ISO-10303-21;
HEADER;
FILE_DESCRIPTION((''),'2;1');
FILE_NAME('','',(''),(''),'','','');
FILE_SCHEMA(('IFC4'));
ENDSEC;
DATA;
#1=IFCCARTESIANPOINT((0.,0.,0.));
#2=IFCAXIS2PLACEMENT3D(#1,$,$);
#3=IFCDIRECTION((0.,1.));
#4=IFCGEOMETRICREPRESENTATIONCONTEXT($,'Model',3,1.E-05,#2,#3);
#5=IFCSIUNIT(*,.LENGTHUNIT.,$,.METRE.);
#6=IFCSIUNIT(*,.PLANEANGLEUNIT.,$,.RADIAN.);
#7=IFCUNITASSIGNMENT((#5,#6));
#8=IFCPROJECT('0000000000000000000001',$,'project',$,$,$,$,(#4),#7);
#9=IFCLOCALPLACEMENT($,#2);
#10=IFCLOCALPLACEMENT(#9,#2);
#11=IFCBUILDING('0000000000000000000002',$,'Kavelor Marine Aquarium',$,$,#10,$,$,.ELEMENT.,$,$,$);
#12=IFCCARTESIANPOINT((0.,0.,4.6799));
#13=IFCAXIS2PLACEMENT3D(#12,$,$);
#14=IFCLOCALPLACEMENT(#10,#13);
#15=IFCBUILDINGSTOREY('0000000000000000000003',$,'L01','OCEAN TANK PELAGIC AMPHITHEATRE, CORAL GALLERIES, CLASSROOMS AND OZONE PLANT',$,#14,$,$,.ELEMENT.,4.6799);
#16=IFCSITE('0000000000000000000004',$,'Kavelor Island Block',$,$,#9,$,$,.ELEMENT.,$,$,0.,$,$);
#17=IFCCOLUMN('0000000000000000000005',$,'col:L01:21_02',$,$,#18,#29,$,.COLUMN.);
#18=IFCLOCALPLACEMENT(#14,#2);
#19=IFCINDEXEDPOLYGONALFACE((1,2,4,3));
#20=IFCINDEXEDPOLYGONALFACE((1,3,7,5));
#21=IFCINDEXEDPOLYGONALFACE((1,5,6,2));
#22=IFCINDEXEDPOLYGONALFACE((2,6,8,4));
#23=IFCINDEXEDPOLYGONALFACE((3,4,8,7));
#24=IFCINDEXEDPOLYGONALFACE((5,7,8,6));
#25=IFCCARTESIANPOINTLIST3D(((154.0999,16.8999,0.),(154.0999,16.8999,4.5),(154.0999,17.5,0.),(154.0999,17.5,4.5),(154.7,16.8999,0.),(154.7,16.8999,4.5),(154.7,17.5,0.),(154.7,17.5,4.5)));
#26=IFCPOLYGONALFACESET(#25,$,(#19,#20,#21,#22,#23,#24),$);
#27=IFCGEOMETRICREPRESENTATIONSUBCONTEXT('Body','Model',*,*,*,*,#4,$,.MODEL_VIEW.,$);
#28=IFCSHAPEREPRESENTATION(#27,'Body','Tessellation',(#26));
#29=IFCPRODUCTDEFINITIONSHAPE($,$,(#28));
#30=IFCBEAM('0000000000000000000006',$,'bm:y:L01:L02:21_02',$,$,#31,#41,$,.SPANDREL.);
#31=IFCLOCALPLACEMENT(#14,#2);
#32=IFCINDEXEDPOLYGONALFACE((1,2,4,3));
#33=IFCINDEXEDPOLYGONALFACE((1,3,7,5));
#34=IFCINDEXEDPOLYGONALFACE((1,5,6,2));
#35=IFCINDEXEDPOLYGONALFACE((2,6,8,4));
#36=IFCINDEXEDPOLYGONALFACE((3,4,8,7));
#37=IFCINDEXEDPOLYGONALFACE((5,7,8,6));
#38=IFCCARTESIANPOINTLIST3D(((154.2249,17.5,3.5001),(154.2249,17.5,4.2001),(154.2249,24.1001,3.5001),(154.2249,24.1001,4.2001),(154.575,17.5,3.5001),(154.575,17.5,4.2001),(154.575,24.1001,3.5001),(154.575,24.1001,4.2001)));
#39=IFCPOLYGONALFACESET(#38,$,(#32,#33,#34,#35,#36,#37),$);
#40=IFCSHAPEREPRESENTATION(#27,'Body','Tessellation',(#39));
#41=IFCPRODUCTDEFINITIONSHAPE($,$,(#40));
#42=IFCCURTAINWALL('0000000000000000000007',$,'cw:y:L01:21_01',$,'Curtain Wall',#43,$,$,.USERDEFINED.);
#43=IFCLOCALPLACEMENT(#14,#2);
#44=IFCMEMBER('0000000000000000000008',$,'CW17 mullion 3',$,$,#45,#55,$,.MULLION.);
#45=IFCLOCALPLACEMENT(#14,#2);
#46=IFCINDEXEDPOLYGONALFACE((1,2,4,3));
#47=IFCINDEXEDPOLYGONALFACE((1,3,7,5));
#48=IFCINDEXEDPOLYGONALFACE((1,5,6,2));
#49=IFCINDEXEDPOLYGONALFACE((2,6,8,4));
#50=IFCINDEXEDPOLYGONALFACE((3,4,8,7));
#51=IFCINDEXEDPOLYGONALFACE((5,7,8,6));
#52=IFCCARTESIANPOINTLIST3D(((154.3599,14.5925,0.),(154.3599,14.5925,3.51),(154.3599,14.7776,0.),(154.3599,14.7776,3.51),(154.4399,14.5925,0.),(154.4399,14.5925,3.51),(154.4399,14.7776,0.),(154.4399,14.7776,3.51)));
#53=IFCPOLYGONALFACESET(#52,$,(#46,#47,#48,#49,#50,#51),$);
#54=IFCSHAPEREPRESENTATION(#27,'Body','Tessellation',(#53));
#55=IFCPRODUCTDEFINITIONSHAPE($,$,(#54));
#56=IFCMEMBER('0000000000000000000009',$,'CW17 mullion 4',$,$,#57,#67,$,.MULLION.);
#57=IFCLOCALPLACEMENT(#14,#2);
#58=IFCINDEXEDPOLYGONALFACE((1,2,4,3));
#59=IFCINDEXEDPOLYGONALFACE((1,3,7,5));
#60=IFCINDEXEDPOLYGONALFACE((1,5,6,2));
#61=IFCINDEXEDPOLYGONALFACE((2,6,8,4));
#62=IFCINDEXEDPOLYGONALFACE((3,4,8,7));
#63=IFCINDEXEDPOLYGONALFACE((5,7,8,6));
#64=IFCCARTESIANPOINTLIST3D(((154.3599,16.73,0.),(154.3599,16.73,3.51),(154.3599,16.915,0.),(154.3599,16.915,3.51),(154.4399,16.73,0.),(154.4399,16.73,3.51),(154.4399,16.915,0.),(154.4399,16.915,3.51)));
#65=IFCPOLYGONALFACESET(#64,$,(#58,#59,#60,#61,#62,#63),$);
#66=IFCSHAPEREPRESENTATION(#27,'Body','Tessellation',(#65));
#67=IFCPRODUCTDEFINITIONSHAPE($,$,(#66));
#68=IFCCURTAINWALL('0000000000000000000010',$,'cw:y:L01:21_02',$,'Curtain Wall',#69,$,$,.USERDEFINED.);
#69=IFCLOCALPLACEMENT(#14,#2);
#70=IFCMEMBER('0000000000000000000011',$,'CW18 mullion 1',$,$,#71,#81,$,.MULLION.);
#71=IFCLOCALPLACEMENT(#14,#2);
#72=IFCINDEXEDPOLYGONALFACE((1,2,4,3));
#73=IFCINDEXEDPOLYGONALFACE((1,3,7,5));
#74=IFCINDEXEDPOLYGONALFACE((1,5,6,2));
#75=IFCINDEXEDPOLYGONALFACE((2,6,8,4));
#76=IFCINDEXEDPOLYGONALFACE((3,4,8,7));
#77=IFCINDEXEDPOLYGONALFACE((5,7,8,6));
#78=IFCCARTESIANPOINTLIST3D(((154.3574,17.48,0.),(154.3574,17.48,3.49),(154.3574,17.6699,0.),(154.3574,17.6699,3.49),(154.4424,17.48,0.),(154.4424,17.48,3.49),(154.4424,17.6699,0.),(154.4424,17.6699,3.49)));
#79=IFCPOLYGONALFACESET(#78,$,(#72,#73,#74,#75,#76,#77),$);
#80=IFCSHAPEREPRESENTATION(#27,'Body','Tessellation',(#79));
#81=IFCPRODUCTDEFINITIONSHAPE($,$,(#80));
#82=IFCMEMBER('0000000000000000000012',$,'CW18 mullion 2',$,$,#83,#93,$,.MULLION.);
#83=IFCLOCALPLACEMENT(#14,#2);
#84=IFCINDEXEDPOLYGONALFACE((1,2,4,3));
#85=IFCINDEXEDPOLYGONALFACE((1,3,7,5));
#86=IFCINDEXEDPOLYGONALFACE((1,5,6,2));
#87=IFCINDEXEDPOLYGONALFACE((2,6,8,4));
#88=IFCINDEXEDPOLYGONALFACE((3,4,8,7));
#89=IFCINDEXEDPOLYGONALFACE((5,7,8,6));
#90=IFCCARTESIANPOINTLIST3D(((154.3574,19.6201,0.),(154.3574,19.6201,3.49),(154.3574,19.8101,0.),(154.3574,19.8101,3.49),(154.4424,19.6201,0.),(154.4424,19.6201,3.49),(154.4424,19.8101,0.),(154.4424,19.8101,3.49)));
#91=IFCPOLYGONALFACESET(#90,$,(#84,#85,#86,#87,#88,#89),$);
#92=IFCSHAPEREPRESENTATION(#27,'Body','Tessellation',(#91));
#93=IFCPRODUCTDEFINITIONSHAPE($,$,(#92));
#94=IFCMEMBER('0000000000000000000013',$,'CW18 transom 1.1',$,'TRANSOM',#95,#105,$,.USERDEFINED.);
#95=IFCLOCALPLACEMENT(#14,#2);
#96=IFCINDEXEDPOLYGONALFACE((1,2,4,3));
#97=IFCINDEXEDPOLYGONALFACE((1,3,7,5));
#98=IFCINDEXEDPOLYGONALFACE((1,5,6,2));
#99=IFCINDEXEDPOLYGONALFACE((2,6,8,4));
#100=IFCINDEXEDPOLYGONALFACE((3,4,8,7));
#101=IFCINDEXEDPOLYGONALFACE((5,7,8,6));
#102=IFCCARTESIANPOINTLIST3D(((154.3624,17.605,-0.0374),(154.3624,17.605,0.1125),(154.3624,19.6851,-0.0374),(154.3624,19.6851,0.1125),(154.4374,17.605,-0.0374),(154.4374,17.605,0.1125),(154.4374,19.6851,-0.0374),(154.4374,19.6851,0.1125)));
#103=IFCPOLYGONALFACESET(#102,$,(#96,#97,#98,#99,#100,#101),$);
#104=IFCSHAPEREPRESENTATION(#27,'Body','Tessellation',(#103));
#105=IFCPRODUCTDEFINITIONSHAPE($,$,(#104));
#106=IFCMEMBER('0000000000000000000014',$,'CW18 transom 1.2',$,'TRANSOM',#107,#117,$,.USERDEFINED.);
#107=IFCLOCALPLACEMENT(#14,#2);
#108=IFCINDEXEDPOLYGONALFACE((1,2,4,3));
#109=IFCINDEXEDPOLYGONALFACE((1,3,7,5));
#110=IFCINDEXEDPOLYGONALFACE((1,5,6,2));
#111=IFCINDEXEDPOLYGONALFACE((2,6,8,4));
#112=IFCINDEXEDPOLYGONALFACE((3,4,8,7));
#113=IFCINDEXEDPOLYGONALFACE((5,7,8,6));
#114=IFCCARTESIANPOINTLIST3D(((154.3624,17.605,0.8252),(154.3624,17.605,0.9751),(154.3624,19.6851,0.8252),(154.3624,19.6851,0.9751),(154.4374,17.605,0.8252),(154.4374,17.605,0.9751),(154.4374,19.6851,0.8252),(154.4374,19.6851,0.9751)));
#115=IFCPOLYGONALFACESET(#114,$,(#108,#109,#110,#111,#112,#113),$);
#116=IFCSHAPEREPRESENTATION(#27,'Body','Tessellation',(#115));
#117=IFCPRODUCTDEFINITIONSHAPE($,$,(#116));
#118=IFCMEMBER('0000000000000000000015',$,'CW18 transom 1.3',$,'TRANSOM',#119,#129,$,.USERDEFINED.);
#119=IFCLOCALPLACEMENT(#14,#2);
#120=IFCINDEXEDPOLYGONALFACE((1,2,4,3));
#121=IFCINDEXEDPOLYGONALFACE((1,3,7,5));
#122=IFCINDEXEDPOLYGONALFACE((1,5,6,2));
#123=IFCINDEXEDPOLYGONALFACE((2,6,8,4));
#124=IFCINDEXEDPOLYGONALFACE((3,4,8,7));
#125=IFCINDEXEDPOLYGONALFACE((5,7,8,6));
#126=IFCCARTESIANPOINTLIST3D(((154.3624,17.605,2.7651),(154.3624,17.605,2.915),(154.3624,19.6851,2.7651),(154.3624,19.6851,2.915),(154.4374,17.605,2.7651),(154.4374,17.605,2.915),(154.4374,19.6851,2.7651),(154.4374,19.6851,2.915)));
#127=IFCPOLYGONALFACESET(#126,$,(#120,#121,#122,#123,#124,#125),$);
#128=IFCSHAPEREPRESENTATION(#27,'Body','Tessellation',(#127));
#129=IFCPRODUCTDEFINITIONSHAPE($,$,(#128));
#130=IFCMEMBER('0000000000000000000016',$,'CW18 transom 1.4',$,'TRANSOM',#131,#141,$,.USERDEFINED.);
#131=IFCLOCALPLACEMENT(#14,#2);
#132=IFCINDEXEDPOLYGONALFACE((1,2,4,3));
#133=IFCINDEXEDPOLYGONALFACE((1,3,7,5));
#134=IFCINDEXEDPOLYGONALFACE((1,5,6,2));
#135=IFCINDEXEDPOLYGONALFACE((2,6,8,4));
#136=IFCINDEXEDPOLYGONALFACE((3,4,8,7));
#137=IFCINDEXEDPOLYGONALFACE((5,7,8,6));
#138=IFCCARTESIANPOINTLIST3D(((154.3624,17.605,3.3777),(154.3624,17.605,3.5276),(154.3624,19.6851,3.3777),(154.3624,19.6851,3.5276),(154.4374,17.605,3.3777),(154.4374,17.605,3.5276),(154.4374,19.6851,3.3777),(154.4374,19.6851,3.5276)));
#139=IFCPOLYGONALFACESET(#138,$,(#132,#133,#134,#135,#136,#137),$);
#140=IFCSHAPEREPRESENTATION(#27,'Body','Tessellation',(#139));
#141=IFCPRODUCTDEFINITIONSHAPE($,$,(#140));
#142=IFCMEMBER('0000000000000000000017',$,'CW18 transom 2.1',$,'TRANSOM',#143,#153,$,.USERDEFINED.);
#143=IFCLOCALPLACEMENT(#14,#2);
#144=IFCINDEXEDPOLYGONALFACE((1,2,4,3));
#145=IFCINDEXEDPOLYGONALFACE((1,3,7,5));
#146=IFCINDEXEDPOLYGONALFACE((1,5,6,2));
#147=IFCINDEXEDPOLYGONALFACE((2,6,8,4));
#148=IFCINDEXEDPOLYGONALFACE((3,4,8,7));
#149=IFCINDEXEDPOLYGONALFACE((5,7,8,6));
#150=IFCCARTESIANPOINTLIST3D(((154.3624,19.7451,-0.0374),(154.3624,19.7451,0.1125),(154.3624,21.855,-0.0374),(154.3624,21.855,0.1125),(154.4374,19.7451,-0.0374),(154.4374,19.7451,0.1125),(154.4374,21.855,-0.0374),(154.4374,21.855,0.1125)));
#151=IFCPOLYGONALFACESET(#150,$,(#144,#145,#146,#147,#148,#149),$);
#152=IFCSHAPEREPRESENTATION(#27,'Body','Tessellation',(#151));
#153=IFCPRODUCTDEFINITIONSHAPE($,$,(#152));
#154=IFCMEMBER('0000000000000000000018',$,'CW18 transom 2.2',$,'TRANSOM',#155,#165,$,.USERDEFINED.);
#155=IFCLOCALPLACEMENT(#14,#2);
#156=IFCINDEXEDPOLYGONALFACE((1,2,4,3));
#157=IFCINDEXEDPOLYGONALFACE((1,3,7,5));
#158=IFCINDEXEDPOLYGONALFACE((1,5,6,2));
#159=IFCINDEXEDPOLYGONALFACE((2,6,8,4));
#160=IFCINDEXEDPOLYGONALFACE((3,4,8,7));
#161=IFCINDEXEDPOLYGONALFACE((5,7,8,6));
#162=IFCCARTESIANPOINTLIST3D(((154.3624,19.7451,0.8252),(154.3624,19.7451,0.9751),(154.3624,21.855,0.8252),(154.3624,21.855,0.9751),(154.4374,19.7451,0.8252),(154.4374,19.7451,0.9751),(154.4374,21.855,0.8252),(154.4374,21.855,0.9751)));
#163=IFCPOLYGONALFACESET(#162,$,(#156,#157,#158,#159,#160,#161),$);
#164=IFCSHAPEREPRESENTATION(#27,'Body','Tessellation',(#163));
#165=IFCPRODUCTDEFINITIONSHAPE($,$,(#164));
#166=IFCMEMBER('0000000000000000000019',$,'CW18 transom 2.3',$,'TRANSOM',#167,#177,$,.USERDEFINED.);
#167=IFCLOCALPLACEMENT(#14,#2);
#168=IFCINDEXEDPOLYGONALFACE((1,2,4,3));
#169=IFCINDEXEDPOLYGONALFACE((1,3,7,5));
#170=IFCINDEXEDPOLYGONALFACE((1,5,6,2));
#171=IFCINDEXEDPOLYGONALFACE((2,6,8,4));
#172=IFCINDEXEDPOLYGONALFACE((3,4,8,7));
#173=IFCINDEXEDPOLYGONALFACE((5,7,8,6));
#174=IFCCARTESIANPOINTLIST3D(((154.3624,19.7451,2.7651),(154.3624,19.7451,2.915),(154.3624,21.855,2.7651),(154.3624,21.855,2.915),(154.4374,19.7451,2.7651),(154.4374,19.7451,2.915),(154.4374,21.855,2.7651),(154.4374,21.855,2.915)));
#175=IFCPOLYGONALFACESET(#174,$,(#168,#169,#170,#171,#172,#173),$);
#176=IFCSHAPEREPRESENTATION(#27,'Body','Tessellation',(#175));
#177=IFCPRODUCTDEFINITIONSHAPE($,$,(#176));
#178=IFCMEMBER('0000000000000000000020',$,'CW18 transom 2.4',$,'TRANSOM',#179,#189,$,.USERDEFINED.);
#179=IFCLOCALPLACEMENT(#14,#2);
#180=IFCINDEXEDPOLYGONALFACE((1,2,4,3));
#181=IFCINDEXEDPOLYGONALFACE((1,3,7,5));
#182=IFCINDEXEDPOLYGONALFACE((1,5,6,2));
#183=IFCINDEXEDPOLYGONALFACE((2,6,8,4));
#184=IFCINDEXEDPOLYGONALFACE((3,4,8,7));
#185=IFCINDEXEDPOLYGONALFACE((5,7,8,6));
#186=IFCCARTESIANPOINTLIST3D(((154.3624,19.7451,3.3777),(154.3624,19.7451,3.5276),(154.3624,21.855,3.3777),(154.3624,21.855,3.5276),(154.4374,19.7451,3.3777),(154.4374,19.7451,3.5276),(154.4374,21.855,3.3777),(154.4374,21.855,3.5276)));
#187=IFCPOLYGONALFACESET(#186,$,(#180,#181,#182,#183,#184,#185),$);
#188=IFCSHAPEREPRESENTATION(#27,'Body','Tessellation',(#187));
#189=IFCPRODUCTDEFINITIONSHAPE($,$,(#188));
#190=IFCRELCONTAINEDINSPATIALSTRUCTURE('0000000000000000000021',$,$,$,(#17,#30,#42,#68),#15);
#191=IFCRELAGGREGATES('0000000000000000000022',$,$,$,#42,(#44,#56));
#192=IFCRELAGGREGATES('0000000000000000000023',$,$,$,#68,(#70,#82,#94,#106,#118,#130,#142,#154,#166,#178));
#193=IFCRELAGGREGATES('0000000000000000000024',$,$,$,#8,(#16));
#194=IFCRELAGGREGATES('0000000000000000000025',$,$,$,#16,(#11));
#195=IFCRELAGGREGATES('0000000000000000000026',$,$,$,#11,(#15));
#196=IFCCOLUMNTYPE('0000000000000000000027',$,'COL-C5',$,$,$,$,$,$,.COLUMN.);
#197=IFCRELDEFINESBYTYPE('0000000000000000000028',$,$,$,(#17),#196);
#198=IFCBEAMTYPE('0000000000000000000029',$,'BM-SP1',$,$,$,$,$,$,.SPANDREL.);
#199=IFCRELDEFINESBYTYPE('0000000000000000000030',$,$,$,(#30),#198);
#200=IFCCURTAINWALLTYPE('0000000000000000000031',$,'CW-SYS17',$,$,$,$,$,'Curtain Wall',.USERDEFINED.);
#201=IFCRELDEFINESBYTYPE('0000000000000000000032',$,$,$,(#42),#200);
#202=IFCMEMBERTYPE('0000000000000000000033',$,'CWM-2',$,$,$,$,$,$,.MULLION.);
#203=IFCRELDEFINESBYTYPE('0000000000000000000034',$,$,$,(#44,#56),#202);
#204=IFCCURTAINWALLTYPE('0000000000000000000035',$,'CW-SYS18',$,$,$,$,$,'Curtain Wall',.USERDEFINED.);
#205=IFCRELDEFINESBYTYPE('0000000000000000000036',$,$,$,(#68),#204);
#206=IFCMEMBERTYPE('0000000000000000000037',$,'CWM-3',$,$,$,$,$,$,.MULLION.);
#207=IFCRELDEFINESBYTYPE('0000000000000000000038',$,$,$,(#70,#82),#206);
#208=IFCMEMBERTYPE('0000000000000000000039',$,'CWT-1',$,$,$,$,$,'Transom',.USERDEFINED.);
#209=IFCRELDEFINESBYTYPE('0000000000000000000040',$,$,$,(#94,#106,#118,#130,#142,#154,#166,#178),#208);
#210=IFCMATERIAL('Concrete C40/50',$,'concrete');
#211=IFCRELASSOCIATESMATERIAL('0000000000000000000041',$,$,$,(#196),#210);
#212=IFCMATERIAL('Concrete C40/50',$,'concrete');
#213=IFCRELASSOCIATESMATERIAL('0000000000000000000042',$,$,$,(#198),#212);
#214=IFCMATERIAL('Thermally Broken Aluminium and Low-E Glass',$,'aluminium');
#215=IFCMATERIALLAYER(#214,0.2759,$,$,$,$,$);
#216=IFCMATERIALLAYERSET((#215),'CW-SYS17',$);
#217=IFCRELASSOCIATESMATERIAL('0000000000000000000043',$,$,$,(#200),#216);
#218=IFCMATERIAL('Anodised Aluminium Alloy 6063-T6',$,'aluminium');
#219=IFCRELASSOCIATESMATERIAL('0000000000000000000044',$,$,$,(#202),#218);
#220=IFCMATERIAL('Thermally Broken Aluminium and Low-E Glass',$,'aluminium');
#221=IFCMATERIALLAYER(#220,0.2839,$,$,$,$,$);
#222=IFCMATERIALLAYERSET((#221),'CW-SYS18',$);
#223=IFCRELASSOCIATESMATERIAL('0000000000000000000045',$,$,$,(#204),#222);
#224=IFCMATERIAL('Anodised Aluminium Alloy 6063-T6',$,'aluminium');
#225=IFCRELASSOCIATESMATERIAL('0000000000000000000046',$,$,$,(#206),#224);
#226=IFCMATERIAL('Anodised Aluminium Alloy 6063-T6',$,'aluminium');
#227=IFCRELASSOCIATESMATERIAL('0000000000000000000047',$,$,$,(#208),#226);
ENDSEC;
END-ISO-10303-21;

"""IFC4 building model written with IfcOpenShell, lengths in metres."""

from ifc_helpers import new_model, si_unit, direction, frame, origin, origin_2d, place, context, subcontext, project, spatial, rectangle, extrude, material, layer, layer_set, material_profile, profile_set, type_object, element, aggregate, save


model = new_model("IFC4")

# Units and contexts
model_context = context("Model", 3, precision=1e-05, world=origin(), true_north=direction((0.0, 1.0)))
body_context = subcontext(model_context, "Body", "Model", "MODEL_VIEW")
ifc_project = project(units=[si_unit("LENGTHUNIT", "METRE"), si_unit("PLANEANGLEUNIT", "RADIAN")], contexts=[model_context])

# Site, building, storey
site_placement = place(None, origin())
site = spatial("IfcSite", under=ifc_project, at=site_placement, Name="Kavelor Island Block", CompositionType="ELEMENT", RefElevation=0.0)
building_placement = place(site_placement, origin())
building = spatial("IfcBuilding", under=site, at=building_placement, Name="Kavelor Marine Aquarium", CompositionType="ELEMENT")
storey_placement = place(building_placement, frame((0.0, 0.0, 4.6799)))
storey = spatial("IfcBuildingStorey", under=building, at=storey_placement, Name="L01", Description="OCEAN TANK PELAGIC AMPHITHEATRE, CORAL GALLERIES, CLASSROOMS AND OZONE PLANT", CompositionType="ELEMENT", Elevation=4.6799)

# Column
ifc_material_1 = material(Name="Concrete C40/50", Category="concrete")
ifc_material_profile_1 = material_profile(ifc_material_1, rectangle(XDim=0.6001, YDim=0.6001, at=origin_2d()), Name="RC-COL 600x600")
ifc_profile_set_1 = profile_set([ifc_material_profile_1], Name="Concrete C40/50")
column_type = type_object("IfcColumnType", Name="COL-C5", PredefinedType="COLUMN", material=ifc_profile_set_1)
column_placement = place(storey_placement, frame((154.3999, 17.2, 0.0), z_axis=(0.0, 0.0, 1.0), x_axis=(1.0, 0.0, 0.0)))
element("IfcColumn", 1, at=column_placement, inside=storey, type_object=column_type, Name="col:L01:21_02", PredefinedType="COLUMN", context=body_context, shape_type="SweptSolid", body=[
    extrude(rectangle(XDim=0.6001, YDim=0.6001, at=origin_2d()), origin(), (0.0, 0.0, 1.0), 4.5),
])

# Beam
ifc_material_2 = material(Name="Concrete C40/50", Category="concrete")
ifc_material_profile_2 = material_profile(ifc_material_2, rectangle(XDim=0.3501, YDim=0.7, at=origin_2d()), Name="RC-SP 350x700")
ifc_profile_set_2 = profile_set([ifc_material_profile_2], Name="Concrete C40/50")
beam_type = type_object("IfcBeamType", Name="BM-SP1", PredefinedType="SPANDREL", material=ifc_profile_set_2)
beam_placement = place(storey_placement, frame((154.3999, 17.5, 3.8501), z_axis=(0.0, 1.0, 0.0), x_axis=(-1.0, 0.0, 0.0)))
element("IfcBeam", 2, at=beam_placement, inside=storey, type_object=beam_type, Name="bm:y:L01:L02:21_02", PredefinedType="SPANDREL", context=body_context, shape_type="SweptSolid", body=[
    extrude(rectangle(XDim=0.3501, YDim=0.7, at=origin_2d()), origin(), (0.0, 0.0, 1.0), 6.6001),
])

# Curtain walls, members
ifc_material_3 = material(Name="Thermally Broken Aluminium and Low-E Glass", Category="aluminium")
ifc_layer_1 = layer(ifc_material_3, 0.2759)
ifc_layer_set_1 = layer_set([ifc_layer_1], Name="CW-SYS17")
curtain_wall_type_1 = type_object("IfcCurtainWallType", Name="CW-SYS17", ElementType="Curtain Wall", PredefinedType="USERDEFINED", material=ifc_layer_set_1)
curtain_wall_1_placement = place(storey_placement, origin())
curtain_wall_1 = element("IfcCurtainWall", 3, at=curtain_wall_1_placement, inside=storey, type_object=curtain_wall_type_1, Name="cw:y:L01:21_01", ObjectType="Curtain Wall", PredefinedType="USERDEFINED")
ifc_material_4 = material(Name="Anodised Aluminium Alloy 6063-T6", Category="aluminium")
ifc_material_profile_3 = material_profile(ifc_material_4, rectangle(XDim=0.0801, YDim=0.1851, at=origin_2d()), Name="CW-MUL 80x185")
ifc_profile_set_3 = profile_set([ifc_material_profile_3], Name="Anodised Aluminium Alloy 6063-T6")
member_type_1 = type_object("IfcMemberType", Name="CWM-2", PredefinedType="MULLION", material=ifc_profile_set_3)
member_1_placement = place(storey_placement, frame((154.3999, 14.6851, 0.0), z_axis=(0.0, 0.0, 1.0), x_axis=(-1.0, 0.0, 0.0)))
member_1 = element("IfcMember", 4, at=member_1_placement, type_object=member_type_1, Name="CW17 mullion 3", PredefinedType="MULLION", context=body_context, shape_type="SweptSolid", body=[
    extrude(rectangle(XDim=0.0801, YDim=0.1851, at=origin_2d()), origin(), (0.0, 0.0, 1.0), 3.51),
])
member_2_placement = place(storey_placement, frame((154.3999, 16.8225, 0.0), z_axis=(0.0, 0.0, 1.0), x_axis=(-1.0, 0.0, 0.0)))
member_2 = element("IfcMember", 5, at=member_2_placement, type_object=member_type_1, Name="CW17 mullion 4", PredefinedType="MULLION", context=body_context, shape_type="SweptSolid", body=[
    extrude(rectangle(XDim=0.0801, YDim=0.1851, at=origin_2d()), origin(), (0.0, 0.0, 1.0), 3.51),
])
ifc_material_5 = material(Name="Thermally Broken Aluminium and Low-E Glass", Category="aluminium")
ifc_layer_2 = layer(ifc_material_5, 0.2839)
ifc_layer_set_2 = layer_set([ifc_layer_2], Name="CW-SYS18")
curtain_wall_type_2 = type_object("IfcCurtainWallType", Name="CW-SYS18", ElementType="Curtain Wall", PredefinedType="USERDEFINED", material=ifc_layer_set_2)
curtain_wall_2_placement = place(storey_placement, origin())
curtain_wall_2 = element("IfcCurtainWall", 6, at=curtain_wall_2_placement, inside=storey, type_object=curtain_wall_type_2, Name="cw:y:L01:21_02", ObjectType="Curtain Wall", PredefinedType="USERDEFINED")
ifc_material_6 = material(Name="Anodised Aluminium Alloy 6063-T6", Category="aluminium")
ifc_material_profile_4 = material_profile(ifc_material_6, rectangle(XDim=0.085, YDim=0.1899, at=origin_2d()), Name="CW-MUL 85x190")
ifc_profile_set_4 = profile_set([ifc_material_profile_4], Name="Anodised Aluminium Alloy 6063-T6")
member_type_2 = type_object("IfcMemberType", Name="CWM-3", PredefinedType="MULLION", material=ifc_profile_set_4)
member_3_placement = place(storey_placement, frame((154.3999, 17.575, 0.0), z_axis=(0.0, 0.0, 1.0), x_axis=(-1.0, 0.0, 0.0)))
member_3 = element("IfcMember", 7, at=member_3_placement, type_object=member_type_2, Name="CW18 mullion 1", PredefinedType="MULLION", context=body_context, shape_type="SweptSolid", body=[
    extrude(rectangle(XDim=0.085, YDim=0.1899, at=origin_2d()), origin(), (0.0, 0.0, 1.0), 3.49),
])
member_4_placement = place(storey_placement, frame((154.3999, 19.7151, 0.0), z_axis=(0.0, 0.0, 1.0), x_axis=(-1.0, 0.0, 0.0)))
member_4 = element("IfcMember", 8, at=member_4_placement, type_object=member_type_2, Name="CW18 mullion 2", PredefinedType="MULLION", context=body_context, shape_type="SweptSolid", body=[
    extrude(rectangle(XDim=0.085, YDim=0.1899, at=origin_2d()), origin(), (0.0, 0.0, 1.0), 3.49),
])
ifc_material_7 = material(Name="Anodised Aluminium Alloy 6063-T6", Category="aluminium")
ifc_material_profile_5 = material_profile(ifc_material_7, rectangle(XDim=0.075, YDim=0.1499, at=origin_2d()), Name="CW-TRN 75x150")
ifc_profile_set_5 = profile_set([ifc_material_profile_5], Name="Anodised Aluminium Alloy 6063-T6")
member_type_3 = type_object("IfcMemberType", Name="CWT-1", ElementType="Transom", PredefinedType="USERDEFINED", material=ifc_profile_set_5)
member_5_placement = place(storey_placement, frame((154.3999, 17.605, 0.0376), z_axis=(0.0, 1.0, 0.0), x_axis=(-1.0, 0.0, 0.0)))
member_5 = element("IfcMember", 9, at=member_5_placement, type_object=member_type_3, Name="CW18 transom 1.1", ObjectType="TRANSOM", PredefinedType="USERDEFINED", context=body_context, shape_type="SweptSolid", body=[
    extrude(rectangle(XDim=0.075, YDim=0.1499, at=origin_2d()), origin(), (0.0, 0.0, 1.0), 2.0801),
])
member_6_placement = place(storey_placement, frame((154.3999, 17.605, 0.9001), z_axis=(0.0, 1.0, 0.0), x_axis=(-1.0, 0.0, 0.0)))
member_6 = element("IfcMember", 10, at=member_6_placement, type_object=member_type_3, Name="CW18 transom 1.2", ObjectType="TRANSOM", PredefinedType="USERDEFINED", context=body_context, shape_type="SweptSolid", body=[
    extrude(rectangle(XDim=0.075, YDim=0.1499, at=origin_2d()), origin(), (0.0, 0.0, 1.0), 2.0801),
])
member_7_placement = place(storey_placement, frame((154.3999, 17.605, 2.8401), z_axis=(0.0, 1.0, 0.0), x_axis=(-1.0, 0.0, 0.0)))
member_7 = element("IfcMember", 11, at=member_7_placement, type_object=member_type_3, Name="CW18 transom 1.3", ObjectType="TRANSOM", PredefinedType="USERDEFINED", context=body_context, shape_type="SweptSolid", body=[
    extrude(rectangle(XDim=0.075, YDim=0.1499, at=origin_2d()), origin(), (0.0, 0.0, 1.0), 2.0801),
])
member_8_placement = place(storey_placement, frame((154.3999, 17.605, 3.4526), z_axis=(0.0, 1.0, 0.0), x_axis=(-1.0, 0.0, 0.0)))
member_8 = element("IfcMember", 12, at=member_8_placement, type_object=member_type_3, Name="CW18 transom 1.4", ObjectType="TRANSOM", PredefinedType="USERDEFINED", context=body_context, shape_type="SweptSolid", body=[
    extrude(rectangle(XDim=0.075, YDim=0.1499, at=origin_2d()), origin(), (0.0, 0.0, 1.0), 2.0801),
])
member_9_placement = place(storey_placement, frame((154.3999, 19.7451, 0.0376), z_axis=(0.0, 1.0, 0.0), x_axis=(-1.0, 0.0, 0.0)))
member_9 = element("IfcMember", 13, at=member_9_placement, type_object=member_type_3, Name="CW18 transom 2.1", ObjectType="TRANSOM", PredefinedType="USERDEFINED", context=body_context, shape_type="SweptSolid", body=[
    extrude(rectangle(XDim=0.075, YDim=0.1499, at=origin_2d()), origin(), (0.0, 0.0, 1.0), 2.1099),
])
member_10_placement = place(storey_placement, frame((154.3999, 19.7451, 0.9001), z_axis=(0.0, 1.0, 0.0), x_axis=(-1.0, 0.0, 0.0)))
member_10 = element("IfcMember", 14, at=member_10_placement, type_object=member_type_3, Name="CW18 transom 2.2", ObjectType="TRANSOM", PredefinedType="USERDEFINED", context=body_context, shape_type="SweptSolid", body=[
    extrude(rectangle(XDim=0.075, YDim=0.1499, at=origin_2d()), origin(), (0.0, 0.0, 1.0), 2.1099),
])
member_11_placement = place(storey_placement, frame((154.3999, 19.7451, 2.8401), z_axis=(0.0, 1.0, 0.0), x_axis=(-1.0, 0.0, 0.0)))
member_11 = element("IfcMember", 15, at=member_11_placement, type_object=member_type_3, Name="CW18 transom 2.3", ObjectType="TRANSOM", PredefinedType="USERDEFINED", context=body_context, shape_type="SweptSolid", body=[
    extrude(rectangle(XDim=0.075, YDim=0.1499, at=origin_2d()), origin(), (0.0, 0.0, 1.0), 2.1099),
])
member_12_placement = place(storey_placement, frame((154.3999, 19.7451, 3.4526), z_axis=(0.0, 1.0, 0.0), x_axis=(-1.0, 0.0, 0.0)))
member_12 = element("IfcMember", 16, at=member_12_placement, type_object=member_type_3, Name="CW18 transom 2.4", ObjectType="TRANSOM", PredefinedType="USERDEFINED", context=body_context, shape_type="SweptSolid", body=[
    extrude(rectangle(XDim=0.075, YDim=0.1499, at=origin_2d()), origin(), (0.0, 0.0, 1.0), 2.1099),
])

aggregate(curtain_wall_1, [member_1, member_2])
aggregate(curtain_wall_2, [member_3, member_4, member_5, member_6, member_7, member_8, member_9, member_10, member_11, member_12])

save(model, "model.ifc")
